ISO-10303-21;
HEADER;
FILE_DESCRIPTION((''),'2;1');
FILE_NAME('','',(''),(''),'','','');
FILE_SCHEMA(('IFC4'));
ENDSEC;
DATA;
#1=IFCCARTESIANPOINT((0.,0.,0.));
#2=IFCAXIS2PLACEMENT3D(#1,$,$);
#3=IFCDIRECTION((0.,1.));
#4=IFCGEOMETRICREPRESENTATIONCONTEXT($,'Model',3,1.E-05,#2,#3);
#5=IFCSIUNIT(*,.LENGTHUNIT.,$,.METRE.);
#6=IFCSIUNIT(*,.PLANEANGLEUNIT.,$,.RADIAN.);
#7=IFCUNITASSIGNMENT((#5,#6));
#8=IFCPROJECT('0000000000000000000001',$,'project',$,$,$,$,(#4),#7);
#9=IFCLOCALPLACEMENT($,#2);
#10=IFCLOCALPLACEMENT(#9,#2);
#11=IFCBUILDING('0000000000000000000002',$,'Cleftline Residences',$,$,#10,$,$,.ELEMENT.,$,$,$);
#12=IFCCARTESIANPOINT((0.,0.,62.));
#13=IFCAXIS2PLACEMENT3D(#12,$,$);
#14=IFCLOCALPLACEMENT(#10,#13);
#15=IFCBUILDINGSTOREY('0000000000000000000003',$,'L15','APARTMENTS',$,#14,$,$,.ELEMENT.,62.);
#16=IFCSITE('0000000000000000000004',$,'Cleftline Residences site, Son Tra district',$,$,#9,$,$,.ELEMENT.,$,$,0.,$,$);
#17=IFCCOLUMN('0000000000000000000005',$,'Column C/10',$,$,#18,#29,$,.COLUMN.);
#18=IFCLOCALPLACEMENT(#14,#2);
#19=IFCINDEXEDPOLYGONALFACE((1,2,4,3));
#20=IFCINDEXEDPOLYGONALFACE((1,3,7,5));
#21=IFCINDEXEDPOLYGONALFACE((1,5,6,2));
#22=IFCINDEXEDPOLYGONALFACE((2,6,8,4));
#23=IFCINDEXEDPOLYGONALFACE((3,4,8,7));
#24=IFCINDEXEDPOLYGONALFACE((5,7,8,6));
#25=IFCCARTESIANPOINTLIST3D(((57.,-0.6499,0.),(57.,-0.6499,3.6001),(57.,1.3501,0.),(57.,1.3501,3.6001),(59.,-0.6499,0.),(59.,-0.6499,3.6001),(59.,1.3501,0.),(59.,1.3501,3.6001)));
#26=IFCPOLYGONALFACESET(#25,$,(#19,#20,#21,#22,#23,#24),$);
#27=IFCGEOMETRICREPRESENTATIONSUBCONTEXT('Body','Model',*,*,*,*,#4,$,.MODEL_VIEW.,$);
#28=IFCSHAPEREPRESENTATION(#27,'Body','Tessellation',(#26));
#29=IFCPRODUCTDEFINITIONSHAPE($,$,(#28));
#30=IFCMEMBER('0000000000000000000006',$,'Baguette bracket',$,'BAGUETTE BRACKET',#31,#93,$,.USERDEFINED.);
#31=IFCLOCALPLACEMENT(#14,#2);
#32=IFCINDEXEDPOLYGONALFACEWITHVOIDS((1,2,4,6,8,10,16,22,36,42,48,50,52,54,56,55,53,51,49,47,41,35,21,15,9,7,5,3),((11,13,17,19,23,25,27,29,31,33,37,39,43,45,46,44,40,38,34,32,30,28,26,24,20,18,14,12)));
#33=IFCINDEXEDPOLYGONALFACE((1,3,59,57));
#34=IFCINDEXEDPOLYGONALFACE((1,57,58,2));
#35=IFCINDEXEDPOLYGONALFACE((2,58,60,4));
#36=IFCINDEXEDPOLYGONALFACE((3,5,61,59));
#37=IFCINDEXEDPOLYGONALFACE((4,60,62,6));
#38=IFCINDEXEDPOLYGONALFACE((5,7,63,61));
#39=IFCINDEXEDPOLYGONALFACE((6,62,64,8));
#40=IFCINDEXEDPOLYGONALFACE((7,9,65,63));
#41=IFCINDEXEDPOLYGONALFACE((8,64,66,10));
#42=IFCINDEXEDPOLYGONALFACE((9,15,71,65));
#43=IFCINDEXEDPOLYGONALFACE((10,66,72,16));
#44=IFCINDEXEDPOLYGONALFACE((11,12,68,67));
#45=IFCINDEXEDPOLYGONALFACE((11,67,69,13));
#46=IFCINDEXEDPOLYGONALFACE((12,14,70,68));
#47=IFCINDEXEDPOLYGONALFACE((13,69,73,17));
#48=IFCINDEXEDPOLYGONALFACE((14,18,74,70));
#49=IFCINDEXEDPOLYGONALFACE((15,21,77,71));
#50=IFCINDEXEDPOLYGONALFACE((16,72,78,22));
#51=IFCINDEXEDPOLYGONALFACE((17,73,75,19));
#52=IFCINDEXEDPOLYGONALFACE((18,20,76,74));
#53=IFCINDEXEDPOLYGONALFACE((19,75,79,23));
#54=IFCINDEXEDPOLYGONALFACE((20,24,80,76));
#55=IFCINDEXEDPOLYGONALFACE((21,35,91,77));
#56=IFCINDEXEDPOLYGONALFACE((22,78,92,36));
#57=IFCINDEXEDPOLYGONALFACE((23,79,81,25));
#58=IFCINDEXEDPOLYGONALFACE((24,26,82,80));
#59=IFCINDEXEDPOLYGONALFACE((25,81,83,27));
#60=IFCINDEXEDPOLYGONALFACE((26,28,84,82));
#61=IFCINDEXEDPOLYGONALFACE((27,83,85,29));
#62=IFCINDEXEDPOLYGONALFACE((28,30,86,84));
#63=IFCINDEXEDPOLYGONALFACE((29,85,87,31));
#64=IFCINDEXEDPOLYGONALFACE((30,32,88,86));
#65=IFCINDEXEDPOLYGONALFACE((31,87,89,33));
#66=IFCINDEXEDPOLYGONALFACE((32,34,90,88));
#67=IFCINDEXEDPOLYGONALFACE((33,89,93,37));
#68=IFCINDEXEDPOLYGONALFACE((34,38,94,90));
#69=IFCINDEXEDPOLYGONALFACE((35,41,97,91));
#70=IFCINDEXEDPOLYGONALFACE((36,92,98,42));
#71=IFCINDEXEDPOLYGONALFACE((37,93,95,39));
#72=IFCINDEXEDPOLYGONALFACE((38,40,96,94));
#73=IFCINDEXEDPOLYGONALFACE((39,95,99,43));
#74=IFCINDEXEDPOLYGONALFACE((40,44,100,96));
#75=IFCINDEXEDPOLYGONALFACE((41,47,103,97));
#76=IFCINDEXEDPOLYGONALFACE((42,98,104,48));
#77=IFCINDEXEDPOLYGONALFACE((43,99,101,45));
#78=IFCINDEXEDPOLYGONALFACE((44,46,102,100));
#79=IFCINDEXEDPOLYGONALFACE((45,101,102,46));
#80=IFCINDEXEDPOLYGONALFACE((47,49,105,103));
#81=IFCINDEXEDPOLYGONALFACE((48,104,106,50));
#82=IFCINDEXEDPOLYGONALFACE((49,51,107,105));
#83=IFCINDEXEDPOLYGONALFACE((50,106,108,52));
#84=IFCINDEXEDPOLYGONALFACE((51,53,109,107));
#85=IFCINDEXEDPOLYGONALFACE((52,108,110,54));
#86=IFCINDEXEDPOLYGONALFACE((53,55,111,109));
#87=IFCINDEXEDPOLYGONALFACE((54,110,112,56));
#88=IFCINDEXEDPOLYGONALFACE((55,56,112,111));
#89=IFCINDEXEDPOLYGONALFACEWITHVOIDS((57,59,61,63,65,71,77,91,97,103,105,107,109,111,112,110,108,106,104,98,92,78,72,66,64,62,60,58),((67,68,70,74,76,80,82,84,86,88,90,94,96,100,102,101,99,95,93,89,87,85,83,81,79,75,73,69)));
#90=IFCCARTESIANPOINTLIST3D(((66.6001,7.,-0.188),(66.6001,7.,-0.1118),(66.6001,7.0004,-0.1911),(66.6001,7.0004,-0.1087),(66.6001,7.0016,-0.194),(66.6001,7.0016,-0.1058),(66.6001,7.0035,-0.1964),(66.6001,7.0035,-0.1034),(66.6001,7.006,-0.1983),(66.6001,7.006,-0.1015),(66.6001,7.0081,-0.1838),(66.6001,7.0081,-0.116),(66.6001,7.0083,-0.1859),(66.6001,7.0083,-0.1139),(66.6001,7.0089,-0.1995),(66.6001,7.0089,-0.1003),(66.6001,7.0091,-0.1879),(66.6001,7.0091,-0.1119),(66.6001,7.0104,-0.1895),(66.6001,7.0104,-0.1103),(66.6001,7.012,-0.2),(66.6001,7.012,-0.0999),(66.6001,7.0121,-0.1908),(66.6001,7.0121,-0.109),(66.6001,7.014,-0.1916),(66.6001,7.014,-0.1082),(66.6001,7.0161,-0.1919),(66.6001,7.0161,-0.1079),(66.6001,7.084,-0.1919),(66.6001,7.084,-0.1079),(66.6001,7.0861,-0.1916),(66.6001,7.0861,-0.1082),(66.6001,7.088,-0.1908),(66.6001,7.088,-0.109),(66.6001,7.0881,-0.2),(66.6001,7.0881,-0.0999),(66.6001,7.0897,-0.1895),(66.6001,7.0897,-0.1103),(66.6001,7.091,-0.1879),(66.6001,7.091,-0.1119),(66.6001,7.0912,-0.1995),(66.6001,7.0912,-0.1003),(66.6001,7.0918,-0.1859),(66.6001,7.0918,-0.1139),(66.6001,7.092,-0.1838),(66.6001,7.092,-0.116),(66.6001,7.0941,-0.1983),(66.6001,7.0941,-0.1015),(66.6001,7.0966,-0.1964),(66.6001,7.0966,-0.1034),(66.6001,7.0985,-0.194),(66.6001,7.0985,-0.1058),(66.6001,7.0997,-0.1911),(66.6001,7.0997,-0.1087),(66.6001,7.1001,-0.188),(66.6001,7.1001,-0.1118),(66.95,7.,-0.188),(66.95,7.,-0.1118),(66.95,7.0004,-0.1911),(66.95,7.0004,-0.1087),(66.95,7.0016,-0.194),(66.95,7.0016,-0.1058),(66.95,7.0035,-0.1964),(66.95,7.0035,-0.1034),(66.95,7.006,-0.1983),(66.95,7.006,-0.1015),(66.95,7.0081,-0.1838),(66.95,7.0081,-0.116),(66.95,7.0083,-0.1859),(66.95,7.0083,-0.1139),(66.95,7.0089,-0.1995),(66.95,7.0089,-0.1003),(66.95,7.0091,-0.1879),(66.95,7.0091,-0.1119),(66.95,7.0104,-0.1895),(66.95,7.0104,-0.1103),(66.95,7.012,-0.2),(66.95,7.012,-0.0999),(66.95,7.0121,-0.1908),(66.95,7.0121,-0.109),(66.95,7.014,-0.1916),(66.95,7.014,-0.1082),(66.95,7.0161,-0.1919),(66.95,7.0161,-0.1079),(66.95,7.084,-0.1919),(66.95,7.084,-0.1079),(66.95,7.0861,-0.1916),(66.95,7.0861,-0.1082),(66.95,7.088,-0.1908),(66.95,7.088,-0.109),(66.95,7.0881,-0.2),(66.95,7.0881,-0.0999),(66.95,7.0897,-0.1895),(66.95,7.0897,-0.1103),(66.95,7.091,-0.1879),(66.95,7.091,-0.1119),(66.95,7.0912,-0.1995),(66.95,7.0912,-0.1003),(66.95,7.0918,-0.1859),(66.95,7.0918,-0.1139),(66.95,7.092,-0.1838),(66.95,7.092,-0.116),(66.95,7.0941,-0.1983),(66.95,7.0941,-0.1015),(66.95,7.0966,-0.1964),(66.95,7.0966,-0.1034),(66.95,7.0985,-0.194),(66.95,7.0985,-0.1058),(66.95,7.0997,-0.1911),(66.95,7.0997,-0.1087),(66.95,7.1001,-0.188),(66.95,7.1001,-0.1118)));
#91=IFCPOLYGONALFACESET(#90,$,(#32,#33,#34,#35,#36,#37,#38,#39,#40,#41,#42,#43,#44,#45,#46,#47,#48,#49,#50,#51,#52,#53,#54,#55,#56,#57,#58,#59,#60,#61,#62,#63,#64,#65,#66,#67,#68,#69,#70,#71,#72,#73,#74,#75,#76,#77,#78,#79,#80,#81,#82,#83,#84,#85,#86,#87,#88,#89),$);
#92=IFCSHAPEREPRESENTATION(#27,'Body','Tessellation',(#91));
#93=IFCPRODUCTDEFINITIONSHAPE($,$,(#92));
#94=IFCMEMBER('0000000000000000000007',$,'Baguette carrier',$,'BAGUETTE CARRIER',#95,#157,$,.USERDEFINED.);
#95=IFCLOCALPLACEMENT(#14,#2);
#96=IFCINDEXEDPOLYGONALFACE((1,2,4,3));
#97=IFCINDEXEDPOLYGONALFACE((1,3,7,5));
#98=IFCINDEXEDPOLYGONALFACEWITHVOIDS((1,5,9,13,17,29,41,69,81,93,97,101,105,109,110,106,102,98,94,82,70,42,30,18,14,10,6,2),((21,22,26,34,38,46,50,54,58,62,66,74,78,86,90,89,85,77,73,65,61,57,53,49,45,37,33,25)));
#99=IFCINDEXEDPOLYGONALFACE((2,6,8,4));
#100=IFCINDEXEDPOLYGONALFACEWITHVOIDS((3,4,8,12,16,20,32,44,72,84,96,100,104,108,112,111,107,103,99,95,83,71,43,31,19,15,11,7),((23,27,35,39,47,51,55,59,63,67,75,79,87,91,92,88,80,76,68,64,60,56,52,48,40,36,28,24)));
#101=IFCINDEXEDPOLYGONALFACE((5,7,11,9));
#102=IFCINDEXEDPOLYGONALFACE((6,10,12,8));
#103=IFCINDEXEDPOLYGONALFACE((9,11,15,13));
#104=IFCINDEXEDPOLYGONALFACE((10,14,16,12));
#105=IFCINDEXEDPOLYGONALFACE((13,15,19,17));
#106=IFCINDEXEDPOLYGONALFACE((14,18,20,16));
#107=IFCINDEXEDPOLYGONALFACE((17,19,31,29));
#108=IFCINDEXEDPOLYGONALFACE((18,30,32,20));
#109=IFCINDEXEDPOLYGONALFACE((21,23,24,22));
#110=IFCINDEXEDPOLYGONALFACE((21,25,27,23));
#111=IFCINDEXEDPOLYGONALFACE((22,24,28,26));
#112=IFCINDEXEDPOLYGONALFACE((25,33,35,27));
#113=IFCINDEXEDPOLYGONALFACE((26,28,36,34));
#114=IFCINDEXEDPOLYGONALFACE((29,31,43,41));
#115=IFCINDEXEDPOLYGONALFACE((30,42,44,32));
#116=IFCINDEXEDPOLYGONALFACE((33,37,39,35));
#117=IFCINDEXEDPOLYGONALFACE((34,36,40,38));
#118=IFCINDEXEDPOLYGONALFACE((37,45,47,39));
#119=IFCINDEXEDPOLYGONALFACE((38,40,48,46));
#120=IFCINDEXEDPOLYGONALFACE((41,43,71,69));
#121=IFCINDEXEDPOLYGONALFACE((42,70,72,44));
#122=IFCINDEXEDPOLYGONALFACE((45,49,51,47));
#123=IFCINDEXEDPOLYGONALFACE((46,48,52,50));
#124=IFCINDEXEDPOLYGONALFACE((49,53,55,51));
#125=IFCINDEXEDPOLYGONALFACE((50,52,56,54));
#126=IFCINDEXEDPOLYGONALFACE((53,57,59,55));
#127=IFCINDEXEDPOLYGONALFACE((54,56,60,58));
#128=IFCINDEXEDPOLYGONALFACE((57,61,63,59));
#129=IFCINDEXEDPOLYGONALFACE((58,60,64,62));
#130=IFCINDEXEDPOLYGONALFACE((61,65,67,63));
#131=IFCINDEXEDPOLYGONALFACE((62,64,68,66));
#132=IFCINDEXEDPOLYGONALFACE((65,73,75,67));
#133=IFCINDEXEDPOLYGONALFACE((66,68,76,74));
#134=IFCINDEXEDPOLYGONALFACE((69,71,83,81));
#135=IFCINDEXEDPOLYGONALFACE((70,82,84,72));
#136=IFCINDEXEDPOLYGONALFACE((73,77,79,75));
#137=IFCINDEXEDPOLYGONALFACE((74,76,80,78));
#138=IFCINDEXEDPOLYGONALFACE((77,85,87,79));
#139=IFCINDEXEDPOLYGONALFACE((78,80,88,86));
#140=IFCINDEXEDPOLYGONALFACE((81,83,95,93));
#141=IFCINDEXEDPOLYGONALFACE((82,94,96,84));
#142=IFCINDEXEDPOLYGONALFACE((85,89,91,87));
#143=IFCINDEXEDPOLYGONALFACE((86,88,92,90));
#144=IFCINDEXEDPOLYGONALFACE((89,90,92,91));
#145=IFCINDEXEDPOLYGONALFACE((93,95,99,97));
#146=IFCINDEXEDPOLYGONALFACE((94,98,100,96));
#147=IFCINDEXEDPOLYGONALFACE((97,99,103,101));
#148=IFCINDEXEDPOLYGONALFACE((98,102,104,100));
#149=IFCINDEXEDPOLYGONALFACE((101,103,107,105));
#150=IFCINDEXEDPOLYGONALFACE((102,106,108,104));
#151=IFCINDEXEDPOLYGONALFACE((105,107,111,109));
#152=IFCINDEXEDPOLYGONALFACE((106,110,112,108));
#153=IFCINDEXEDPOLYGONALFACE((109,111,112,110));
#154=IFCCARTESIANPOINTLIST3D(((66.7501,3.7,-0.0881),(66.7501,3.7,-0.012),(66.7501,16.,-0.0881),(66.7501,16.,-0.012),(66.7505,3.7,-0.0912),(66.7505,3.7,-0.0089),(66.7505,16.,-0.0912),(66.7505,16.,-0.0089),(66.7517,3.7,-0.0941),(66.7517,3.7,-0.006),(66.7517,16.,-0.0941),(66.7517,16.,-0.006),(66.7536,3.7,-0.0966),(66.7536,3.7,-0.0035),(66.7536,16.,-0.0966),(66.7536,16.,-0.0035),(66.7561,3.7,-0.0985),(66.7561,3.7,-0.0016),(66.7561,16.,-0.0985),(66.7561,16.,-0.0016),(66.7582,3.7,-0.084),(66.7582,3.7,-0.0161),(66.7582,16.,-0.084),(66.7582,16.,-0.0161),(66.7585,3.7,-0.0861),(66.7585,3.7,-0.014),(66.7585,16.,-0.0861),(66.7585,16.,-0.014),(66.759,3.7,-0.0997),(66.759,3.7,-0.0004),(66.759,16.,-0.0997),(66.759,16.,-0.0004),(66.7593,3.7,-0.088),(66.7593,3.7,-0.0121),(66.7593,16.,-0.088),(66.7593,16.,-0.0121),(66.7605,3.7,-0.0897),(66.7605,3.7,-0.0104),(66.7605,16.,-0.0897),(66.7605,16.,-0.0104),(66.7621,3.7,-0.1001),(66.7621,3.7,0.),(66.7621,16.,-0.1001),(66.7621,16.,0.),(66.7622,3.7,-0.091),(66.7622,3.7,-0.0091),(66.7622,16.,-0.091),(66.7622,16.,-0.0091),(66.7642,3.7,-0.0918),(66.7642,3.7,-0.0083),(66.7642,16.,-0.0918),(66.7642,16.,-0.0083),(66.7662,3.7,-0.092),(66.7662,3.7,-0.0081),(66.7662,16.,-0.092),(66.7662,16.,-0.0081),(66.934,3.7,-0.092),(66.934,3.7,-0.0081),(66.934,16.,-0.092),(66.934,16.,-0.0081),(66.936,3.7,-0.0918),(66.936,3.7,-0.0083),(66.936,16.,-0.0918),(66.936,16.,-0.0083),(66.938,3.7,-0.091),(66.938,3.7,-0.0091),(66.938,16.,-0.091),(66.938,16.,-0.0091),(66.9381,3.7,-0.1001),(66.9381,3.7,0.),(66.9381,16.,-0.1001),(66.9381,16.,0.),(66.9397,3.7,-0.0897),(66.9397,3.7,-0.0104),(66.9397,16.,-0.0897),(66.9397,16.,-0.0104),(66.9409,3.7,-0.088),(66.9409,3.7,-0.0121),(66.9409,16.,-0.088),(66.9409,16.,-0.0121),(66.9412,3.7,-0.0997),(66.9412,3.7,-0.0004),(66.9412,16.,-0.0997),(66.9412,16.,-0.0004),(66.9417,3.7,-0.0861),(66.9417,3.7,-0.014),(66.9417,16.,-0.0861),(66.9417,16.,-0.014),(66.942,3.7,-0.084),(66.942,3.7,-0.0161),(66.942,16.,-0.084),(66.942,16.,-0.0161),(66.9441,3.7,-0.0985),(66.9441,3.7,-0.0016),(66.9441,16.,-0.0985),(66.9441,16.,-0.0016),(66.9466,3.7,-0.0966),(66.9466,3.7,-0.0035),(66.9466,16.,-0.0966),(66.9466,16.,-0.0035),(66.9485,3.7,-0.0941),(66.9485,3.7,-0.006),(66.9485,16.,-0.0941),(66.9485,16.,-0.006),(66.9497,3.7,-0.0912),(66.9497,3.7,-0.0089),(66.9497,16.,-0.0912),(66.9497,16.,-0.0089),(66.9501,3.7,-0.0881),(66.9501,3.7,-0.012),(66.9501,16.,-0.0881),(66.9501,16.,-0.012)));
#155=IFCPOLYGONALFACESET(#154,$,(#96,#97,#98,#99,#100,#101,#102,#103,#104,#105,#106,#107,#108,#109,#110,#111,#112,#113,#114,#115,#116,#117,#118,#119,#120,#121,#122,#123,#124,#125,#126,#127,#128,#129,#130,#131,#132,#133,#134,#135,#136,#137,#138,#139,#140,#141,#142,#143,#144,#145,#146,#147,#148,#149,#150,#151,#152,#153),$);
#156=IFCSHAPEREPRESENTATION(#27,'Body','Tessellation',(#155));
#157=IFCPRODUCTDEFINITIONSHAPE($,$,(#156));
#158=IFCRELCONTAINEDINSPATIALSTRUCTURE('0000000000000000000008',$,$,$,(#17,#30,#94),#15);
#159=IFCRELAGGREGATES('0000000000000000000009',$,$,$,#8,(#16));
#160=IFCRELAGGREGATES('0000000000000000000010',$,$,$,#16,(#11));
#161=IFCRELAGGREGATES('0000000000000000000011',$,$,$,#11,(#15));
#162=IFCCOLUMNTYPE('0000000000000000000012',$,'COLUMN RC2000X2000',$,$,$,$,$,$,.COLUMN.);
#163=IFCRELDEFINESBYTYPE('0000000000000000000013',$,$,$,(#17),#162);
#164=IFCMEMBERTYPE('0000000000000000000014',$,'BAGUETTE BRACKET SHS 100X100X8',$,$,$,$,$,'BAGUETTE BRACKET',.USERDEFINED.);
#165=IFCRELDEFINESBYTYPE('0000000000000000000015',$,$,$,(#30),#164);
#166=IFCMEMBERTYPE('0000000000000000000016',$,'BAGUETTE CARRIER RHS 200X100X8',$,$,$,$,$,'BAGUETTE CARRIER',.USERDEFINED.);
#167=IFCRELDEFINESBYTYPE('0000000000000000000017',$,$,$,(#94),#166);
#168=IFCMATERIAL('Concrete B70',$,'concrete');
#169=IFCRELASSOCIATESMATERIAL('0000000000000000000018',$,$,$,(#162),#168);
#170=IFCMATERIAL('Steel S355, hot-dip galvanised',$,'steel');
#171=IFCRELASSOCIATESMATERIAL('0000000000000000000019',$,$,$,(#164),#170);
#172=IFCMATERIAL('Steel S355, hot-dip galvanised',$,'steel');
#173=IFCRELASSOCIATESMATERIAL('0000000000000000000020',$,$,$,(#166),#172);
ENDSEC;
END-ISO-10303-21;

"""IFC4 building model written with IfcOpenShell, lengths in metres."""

from ifc_helpers import new_model, si_unit, direction, frame, origin, origin_2d, place, context, subcontext, project, spatial, rectangle, hollow_rectangle, extrude, material, material_profile, profile_set, type_object, element, save


model = new_model("IFC4")

# Units and contexts
model_context = context("Model", 3, precision=1e-05, world=origin(), true_north=direction((0.0, 1.0)))
body_context = subcontext(model_context, "Body", "Model", "MODEL_VIEW")
ifc_project = project(units=[si_unit("LENGTHUNIT", "METRE"), si_unit("PLANEANGLEUNIT", "RADIAN")], contexts=[model_context])

# Site, building, storey
site_placement = place(None, origin())
site = spatial("IfcSite", under=ifc_project, at=site_placement, Name="Cleftline Residences site, Son Tra district", CompositionType="ELEMENT", RefElevation=0.0)
building_placement = place(site_placement, origin())
building = spatial("IfcBuilding", under=site, at=building_placement, Name="Cleftline Residences", CompositionType="ELEMENT")
storey_placement = place(building_placement, frame((0.0, 0.0, 62.0)))
storey = spatial("IfcBuildingStorey", under=building, at=storey_placement, Name="L15", Description="APARTMENTS", CompositionType="ELEMENT", Elevation=62.0)

# Column
ifc_material_1 = material(Name="Concrete B70", Category="concrete")
ifc_material_profile_1 = material_profile(ifc_material_1, rectangle(XDim=2.0, YDim=2.0, at=origin_2d()))
ifc_profile_set_1 = profile_set([ifc_material_profile_1], Name="Concrete B70")
column_type = type_object("IfcColumnType", Name="COLUMN RC2000X2000", PredefinedType="COLUMN", material=ifc_profile_set_1)
column_placement = place(storey_placement, frame((58.0, 0.3501, 0.0), z_axis=(0.0, 0.0, 1.0), x_axis=(1.0, 0.0, 0.0)))
element("IfcColumn", 1, at=column_placement, inside=storey, type_object=column_type, Name="Column C/10", PredefinedType="COLUMN", context=body_context, shape_type="SweptSolid", body=[
    extrude(rectangle(XDim=2.0, YDim=2.0, at=origin_2d()), origin(), (0.0, 0.0, 1.0), 3.6001),
])

# Members
ifc_material_2 = material(Name="Steel S355, hot-dip galvanised", Category="steel")
ifc_material_profile_2 = material_profile(ifc_material_2, hollow_rectangle(XDim=0.1001, YDim=0.1001, WallThickness=0.0081, InnerFilletRadius=0.0081, OuterFilletRadius=0.012, at=origin_2d()))
ifc_profile_set_2 = profile_set([ifc_material_profile_2], Name="Steel S355, hot-dip galvanised")
member_type_1 = type_object("IfcMemberType", Name="BAGUETTE BRACKET SHS 100X100X8", ElementType="BAGUETTE BRACKET", PredefinedType="USERDEFINED", material=ifc_profile_set_2)
member_1_placement = place(storey_placement, frame((66.6001, 7.05, -0.1499), z_axis=(1.0, 0.0, 0.0), x_axis=(0.0, 1.0, 0.0)))
element("IfcMember", 2, at=member_1_placement, inside=storey, type_object=member_type_1, Name="Baguette bracket", ObjectType="BAGUETTE BRACKET", PredefinedType="USERDEFINED", context=body_context, shape_type="SweptSolid", body=[
    extrude(hollow_rectangle(XDim=0.1001, YDim=0.1001, WallThickness=0.0081, InnerFilletRadius=0.0081, OuterFilletRadius=0.012, at=origin_2d()), origin(), (0.0, 0.0, 1.0), 0.3499),
])
ifc_material_3 = material(Name="Steel S355, hot-dip galvanised", Category="steel")
ifc_material_profile_3 = material_profile(ifc_material_3, hollow_rectangle(XDim=0.1001, YDim=0.2, WallThickness=0.0081, InnerFilletRadius=0.0081, OuterFilletRadius=0.012, at=origin_2d()))
ifc_profile_set_3 = profile_set([ifc_material_profile_3], Name="Steel S355, hot-dip galvanised")
member_type_2 = type_object("IfcMemberType", Name="BAGUETTE CARRIER RHS 200X100X8", ElementType="BAGUETTE CARRIER", PredefinedType="USERDEFINED", material=ifc_profile_set_3)
member_2_placement = place(storey_placement, frame((66.8501, 3.7, -0.05), z_axis=(0.0, 1.0, 0.0), x_axis=(0.0, 0.0, 1.0)))
element("IfcMember", 3, at=member_2_placement, inside=storey, type_object=member_type_2, Name="Baguette carrier", ObjectType="BAGUETTE CARRIER", PredefinedType="USERDEFINED", context=body_context, shape_type="SweptSolid", body=[
    extrude(hollow_rectangle(XDim=0.1001, YDim=0.2, WallThickness=0.0081, InnerFilletRadius=0.0081, OuterFilletRadius=0.012, at=origin_2d()), origin(), (0.0, 0.0, 1.0), 12.3),
])

save(model, "model.ifc")
